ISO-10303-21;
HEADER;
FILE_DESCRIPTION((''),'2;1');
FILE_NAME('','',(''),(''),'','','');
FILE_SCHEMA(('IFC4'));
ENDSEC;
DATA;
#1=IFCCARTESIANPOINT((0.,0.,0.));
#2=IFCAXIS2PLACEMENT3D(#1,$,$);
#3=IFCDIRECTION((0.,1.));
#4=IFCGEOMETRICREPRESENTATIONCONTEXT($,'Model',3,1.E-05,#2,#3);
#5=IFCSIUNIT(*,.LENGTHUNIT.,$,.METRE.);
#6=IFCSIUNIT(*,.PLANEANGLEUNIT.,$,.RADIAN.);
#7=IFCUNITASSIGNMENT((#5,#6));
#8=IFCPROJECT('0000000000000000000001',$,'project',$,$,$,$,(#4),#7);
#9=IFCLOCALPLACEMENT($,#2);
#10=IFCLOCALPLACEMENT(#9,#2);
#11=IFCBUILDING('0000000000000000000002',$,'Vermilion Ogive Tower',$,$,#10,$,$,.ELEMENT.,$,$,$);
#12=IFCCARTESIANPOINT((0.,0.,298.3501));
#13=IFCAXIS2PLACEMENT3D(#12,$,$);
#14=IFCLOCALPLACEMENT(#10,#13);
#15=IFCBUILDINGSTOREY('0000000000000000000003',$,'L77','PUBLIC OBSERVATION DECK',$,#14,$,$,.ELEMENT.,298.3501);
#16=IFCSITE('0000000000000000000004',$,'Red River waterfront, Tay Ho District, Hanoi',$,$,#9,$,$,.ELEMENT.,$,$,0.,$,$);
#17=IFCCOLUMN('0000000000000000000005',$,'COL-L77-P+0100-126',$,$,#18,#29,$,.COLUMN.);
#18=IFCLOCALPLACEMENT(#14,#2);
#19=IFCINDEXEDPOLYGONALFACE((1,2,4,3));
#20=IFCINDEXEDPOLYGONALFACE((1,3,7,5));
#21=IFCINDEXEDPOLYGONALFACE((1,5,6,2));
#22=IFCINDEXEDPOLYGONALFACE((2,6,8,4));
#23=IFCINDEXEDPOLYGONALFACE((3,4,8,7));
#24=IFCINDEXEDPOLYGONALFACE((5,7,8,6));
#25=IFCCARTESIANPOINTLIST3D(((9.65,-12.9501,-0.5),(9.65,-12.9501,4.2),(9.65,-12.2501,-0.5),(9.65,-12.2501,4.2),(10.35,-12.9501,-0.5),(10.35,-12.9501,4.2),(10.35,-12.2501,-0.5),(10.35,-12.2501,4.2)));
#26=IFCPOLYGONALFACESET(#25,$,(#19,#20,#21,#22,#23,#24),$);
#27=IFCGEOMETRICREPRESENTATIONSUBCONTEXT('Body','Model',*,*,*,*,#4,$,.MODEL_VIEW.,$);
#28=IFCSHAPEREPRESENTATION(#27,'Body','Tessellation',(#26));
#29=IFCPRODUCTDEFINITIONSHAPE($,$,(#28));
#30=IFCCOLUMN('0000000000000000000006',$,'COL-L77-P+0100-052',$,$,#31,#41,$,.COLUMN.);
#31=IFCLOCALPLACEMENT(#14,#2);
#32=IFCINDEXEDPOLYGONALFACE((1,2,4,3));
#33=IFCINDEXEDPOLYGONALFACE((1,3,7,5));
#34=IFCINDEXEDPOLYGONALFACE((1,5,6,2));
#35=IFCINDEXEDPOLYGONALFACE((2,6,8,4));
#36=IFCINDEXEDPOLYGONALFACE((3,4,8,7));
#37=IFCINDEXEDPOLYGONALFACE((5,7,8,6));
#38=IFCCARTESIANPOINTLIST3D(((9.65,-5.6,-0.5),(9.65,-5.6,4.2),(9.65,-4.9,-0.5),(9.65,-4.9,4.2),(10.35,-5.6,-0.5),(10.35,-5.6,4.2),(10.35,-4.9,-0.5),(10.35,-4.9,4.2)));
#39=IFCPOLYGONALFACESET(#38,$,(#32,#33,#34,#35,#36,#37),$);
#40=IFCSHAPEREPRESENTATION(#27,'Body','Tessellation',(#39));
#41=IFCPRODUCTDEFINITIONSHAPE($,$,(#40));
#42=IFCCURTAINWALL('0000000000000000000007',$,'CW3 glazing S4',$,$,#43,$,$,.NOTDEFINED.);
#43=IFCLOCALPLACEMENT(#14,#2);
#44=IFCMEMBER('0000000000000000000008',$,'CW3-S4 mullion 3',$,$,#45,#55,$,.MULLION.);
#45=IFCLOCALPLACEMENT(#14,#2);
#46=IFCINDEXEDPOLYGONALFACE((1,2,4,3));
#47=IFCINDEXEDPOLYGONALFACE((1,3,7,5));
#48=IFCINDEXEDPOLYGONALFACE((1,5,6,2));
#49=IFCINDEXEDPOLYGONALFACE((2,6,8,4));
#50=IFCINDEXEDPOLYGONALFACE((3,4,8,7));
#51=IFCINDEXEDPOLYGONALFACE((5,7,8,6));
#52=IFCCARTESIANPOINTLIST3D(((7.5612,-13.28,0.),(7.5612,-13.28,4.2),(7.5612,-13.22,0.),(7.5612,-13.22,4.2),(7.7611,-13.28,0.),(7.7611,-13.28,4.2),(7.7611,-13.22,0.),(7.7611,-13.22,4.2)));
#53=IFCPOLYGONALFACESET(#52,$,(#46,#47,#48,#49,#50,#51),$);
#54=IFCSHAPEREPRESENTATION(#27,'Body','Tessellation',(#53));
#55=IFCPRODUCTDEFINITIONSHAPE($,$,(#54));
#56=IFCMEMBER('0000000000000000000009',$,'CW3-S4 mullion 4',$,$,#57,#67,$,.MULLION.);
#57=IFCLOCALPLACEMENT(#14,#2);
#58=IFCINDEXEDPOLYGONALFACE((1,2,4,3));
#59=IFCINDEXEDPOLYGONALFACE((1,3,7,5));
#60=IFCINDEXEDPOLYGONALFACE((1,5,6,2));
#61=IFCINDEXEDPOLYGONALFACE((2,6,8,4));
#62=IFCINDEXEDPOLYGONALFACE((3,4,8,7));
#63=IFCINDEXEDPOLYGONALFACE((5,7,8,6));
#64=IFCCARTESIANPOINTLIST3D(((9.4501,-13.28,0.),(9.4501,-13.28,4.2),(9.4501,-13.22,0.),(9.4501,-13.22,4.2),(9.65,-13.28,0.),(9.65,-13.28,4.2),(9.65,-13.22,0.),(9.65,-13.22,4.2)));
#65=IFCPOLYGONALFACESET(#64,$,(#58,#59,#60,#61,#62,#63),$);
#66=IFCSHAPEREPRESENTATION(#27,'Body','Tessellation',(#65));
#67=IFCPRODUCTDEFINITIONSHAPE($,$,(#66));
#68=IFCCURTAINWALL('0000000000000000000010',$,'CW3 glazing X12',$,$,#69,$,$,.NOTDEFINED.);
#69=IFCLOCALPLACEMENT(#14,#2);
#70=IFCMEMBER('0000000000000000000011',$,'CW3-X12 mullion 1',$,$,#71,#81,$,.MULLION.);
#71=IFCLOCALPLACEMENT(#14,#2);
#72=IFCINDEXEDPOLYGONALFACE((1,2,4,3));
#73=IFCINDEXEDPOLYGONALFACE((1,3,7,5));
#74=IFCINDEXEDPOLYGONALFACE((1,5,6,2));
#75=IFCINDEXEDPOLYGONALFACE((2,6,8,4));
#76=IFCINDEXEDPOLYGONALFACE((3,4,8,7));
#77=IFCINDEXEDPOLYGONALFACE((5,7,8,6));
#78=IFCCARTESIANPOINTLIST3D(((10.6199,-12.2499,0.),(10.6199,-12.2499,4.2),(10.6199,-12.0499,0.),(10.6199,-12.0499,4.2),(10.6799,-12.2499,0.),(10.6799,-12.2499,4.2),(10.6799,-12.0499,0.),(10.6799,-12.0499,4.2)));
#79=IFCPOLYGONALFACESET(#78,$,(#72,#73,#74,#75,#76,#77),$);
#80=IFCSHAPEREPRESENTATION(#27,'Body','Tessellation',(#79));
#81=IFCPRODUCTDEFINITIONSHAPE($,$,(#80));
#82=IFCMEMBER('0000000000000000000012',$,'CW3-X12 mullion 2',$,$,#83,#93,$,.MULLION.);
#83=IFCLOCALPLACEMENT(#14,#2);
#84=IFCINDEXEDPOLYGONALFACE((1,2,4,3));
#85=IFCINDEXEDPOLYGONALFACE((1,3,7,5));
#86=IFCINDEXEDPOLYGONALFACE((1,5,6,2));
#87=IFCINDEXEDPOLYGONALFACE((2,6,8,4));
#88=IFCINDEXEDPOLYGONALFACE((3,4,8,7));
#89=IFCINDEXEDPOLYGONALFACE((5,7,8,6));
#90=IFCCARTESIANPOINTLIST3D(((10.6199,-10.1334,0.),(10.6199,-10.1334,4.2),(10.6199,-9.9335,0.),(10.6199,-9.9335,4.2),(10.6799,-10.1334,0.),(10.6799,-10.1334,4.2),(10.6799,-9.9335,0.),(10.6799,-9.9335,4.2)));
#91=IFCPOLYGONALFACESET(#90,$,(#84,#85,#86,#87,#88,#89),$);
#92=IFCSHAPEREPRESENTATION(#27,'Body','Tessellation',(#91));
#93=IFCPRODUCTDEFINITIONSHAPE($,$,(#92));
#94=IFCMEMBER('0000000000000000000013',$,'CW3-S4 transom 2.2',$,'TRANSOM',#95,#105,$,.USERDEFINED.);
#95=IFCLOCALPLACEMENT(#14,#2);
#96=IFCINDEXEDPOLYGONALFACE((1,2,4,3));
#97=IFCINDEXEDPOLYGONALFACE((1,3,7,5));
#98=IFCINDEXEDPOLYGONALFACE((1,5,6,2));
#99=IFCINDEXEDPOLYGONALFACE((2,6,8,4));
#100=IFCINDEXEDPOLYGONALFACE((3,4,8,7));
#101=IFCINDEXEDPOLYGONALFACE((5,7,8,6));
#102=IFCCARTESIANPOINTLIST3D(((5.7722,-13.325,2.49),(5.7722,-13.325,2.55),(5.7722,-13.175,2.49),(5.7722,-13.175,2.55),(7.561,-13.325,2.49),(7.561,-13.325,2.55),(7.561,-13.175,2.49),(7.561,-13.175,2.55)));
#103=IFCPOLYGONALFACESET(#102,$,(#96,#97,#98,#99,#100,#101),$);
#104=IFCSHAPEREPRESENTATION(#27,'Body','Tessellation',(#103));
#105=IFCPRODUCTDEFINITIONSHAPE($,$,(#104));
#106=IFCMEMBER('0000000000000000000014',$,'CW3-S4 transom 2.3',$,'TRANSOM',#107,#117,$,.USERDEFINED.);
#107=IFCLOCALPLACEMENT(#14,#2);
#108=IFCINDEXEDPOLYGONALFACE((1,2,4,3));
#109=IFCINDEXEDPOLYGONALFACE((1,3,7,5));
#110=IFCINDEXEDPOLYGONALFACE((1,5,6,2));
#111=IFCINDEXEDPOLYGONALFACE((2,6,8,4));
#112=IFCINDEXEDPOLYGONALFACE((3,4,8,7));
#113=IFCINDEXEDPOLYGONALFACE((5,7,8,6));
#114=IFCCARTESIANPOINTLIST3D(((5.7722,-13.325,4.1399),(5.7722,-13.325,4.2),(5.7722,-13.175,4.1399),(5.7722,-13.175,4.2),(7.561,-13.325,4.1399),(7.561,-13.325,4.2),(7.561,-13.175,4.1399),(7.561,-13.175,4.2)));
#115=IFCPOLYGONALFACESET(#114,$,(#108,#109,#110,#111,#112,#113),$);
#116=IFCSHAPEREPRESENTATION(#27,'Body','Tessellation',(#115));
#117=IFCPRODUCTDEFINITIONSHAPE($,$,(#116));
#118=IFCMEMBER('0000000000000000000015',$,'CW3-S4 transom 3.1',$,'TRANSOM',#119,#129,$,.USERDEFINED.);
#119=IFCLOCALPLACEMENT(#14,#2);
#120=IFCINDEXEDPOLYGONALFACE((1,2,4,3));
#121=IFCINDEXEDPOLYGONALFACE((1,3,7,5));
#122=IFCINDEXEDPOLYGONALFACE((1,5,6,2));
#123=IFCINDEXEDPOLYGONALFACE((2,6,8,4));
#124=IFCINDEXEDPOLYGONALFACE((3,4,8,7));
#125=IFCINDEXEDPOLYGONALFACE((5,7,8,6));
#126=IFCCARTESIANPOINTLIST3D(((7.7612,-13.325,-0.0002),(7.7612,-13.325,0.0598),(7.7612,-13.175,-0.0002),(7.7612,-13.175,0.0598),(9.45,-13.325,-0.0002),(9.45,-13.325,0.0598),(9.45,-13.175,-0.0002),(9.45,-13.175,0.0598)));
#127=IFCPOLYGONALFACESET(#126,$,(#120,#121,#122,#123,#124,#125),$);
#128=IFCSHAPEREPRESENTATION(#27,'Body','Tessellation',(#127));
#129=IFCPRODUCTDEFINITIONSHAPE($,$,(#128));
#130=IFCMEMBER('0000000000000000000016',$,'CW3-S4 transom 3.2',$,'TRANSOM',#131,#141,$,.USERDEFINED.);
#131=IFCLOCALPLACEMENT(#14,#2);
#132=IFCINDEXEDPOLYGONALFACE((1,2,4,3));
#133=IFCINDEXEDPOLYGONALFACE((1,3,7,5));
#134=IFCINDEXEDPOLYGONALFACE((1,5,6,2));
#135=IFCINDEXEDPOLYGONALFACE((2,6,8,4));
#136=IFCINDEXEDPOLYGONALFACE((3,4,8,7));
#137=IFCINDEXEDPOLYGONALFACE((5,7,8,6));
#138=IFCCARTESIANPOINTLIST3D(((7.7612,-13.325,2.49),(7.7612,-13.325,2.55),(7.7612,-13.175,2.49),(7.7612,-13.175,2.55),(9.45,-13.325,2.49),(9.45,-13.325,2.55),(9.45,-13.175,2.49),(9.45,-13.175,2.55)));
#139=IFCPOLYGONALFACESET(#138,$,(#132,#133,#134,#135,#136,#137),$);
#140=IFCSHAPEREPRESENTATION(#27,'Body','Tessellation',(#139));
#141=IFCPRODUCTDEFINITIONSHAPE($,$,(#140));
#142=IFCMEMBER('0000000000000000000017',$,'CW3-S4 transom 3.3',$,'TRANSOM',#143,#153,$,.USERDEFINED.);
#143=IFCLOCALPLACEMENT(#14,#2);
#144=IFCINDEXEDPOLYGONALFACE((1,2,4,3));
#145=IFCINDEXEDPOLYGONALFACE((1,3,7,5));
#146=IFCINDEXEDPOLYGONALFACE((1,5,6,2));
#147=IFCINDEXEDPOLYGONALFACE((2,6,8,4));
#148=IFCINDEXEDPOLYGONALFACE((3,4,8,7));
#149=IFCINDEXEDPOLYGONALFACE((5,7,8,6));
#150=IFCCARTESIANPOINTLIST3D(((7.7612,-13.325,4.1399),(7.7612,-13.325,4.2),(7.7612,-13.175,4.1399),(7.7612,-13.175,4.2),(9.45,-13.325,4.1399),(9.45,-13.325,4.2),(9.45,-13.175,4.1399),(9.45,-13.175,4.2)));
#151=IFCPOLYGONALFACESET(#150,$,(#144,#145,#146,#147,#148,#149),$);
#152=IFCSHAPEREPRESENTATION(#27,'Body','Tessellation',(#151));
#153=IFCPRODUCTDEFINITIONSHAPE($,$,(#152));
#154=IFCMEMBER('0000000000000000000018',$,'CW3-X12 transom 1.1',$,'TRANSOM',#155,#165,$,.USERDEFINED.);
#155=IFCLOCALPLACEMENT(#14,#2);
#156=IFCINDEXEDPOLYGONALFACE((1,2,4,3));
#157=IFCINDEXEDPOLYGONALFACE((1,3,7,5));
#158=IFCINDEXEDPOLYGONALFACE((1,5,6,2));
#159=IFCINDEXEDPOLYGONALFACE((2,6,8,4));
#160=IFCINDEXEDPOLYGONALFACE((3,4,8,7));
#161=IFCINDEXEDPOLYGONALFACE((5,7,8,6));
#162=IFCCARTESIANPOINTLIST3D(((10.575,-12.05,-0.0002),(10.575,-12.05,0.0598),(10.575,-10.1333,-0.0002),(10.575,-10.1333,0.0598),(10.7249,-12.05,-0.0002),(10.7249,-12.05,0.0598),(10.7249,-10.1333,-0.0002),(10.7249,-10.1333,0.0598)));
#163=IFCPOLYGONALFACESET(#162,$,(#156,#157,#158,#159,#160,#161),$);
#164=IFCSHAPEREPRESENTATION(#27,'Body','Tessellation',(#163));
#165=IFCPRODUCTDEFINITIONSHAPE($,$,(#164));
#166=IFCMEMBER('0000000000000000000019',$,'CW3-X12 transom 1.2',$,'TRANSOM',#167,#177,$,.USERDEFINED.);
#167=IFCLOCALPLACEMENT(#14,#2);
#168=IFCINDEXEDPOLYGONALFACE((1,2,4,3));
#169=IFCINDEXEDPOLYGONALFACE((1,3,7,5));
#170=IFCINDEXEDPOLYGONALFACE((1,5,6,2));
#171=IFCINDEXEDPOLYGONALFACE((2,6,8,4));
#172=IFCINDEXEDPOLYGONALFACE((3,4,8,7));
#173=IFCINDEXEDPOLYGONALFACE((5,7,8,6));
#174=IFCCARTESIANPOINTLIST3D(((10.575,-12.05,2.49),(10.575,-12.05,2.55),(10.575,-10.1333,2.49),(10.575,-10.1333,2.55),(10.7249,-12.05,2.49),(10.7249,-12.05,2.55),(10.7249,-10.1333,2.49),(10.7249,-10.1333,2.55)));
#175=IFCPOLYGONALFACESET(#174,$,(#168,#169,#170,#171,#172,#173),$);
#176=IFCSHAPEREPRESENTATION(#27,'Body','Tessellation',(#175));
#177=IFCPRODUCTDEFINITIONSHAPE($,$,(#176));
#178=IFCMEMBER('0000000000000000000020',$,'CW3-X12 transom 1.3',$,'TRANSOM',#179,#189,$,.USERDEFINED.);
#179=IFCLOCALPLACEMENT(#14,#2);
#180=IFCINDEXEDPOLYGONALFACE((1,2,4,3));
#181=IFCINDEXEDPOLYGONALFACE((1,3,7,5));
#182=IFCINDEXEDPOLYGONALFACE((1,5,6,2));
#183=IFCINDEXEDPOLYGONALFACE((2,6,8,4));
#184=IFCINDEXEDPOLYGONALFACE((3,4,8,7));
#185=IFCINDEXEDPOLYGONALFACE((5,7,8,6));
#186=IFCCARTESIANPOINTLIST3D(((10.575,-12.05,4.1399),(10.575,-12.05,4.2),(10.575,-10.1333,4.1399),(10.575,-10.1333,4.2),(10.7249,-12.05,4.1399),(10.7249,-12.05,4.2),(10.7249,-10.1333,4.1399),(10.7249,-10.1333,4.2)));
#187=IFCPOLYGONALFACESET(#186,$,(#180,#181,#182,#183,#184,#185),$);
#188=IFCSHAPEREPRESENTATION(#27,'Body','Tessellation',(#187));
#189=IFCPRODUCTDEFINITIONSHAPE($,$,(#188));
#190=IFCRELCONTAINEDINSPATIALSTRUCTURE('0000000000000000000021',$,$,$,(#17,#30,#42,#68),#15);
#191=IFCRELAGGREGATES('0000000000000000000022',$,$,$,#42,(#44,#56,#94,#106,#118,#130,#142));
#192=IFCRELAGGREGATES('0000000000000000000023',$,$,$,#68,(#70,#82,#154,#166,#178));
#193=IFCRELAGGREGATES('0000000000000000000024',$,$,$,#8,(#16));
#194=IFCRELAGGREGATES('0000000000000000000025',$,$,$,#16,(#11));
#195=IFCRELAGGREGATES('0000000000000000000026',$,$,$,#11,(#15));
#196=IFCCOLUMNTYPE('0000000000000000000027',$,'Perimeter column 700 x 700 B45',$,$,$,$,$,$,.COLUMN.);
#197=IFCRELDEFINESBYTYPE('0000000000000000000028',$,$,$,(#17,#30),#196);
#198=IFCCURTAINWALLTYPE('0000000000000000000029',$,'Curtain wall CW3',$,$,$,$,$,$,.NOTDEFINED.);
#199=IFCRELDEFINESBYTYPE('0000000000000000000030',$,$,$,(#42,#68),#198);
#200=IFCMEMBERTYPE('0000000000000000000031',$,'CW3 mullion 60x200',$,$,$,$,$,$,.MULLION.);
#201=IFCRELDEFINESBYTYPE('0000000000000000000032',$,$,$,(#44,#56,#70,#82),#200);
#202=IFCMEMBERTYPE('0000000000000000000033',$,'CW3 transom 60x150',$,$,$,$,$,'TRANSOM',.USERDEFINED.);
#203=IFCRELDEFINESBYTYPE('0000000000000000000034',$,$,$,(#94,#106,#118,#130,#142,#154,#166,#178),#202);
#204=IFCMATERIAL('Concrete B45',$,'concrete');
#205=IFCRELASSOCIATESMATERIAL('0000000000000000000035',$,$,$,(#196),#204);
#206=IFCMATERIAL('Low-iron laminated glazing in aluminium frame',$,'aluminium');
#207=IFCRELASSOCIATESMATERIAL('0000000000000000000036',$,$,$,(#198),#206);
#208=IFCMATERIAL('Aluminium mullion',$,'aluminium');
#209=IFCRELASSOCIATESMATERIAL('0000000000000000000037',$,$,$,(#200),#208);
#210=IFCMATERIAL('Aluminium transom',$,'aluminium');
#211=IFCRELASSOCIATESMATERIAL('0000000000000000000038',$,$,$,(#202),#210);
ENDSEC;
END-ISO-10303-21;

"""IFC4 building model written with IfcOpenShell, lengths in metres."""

from ifc_helpers import new_model, si_unit, direction, frame, origin, origin_2d, place, context, subcontext, project, spatial, rectangle, extrude, material, material_profile, profile_set, type_object, element, aggregate, save


model = new_model("IFC4")

# Units and contexts
model_context = context("Model", 3, precision=1e-05, world=origin(), true_north=direction((0.0, 1.0)))
body_context = subcontext(model_context, "Body", "Model", "MODEL_VIEW")
ifc_project = project(units=[si_unit("LENGTHUNIT", "METRE"), si_unit("PLANEANGLEUNIT", "RADIAN")], contexts=[model_context])

# Site, building, storey
site_placement = place(None, origin())
site = spatial("IfcSite", under=ifc_project, at=site_placement, Name="Red River waterfront, Tay Ho District, Hanoi", CompositionType="ELEMENT", RefElevation=0.0)
building_placement = place(site_placement, origin())
building = spatial("IfcBuilding", under=site, at=building_placement, Name="Vermilion Ogive Tower", CompositionType="ELEMENT")
storey_placement = place(building_placement, frame((0.0, 0.0, 298.3501)))
storey = spatial("IfcBuildingStorey", under=building, at=storey_placement, Name="L77", Description="PUBLIC OBSERVATION DECK", CompositionType="ELEMENT", Elevation=298.3501)

# Columns
ifc_material_1 = material(Name="Concrete B45", Category="concrete")
ifc_material_profile_1 = material_profile(ifc_material_1, rectangle(XDim=0.7, YDim=0.7, at=origin_2d()), Name="700 x 700")
ifc_profile_set_1 = profile_set([ifc_material_profile_1], Name="Concrete B45")
column_type = type_object("IfcColumnType", Name="Perimeter column 700 x 700 B45", PredefinedType="COLUMN", material=ifc_profile_set_1)
for number, where, z_axis, x_axis, name in (
    (1, (10.0, -12.6001, -0.5), (0.0, 0.0, 1.0), (1.0, 0.0, 0.0), "COL-L77-P+0100-126"),
    (2, (10.0, -5.25, -0.5), (0.0, 0.0, 1.0), (1.0, 0.0, 0.0), "COL-L77-P+0100-052"),
):
    element("IfcColumn", number, at=place(storey_placement, frame(where, z_axis=z_axis, x_axis=x_axis)), inside=storey, type_object=column_type, Name=name, PredefinedType="COLUMN", context=body_context, shape_type="SweptSolid", body=[
        extrude(rectangle(XDim=0.7, YDim=0.7, at=origin_2d()), origin(), (0.0, 0.0, 1.0), 4.7),
    ])

# Curtain walls, members
ifc_material_2 = material(Name="Low-iron laminated glazing in aluminium frame", Category="aluminium")
curtain_wall_type = type_object("IfcCurtainWallType", Name="Curtain wall CW3", PredefinedType="NOTDEFINED", material=ifc_material_2)
curtain_wall_1_placement = place(storey_placement, origin())
curtain_wall_1 = element("IfcCurtainWall", 3, at=curtain_wall_1_placement, inside=storey, type_object=curtain_wall_type, Name="CW3 glazing S4", PredefinedType="NOTDEFINED")
ifc_material_3 = material(Name="Aluminium mullion", Category="aluminium")
ifc_material_profile_2 = material_profile(ifc_material_3, rectangle(XDim=0.0601, YDim=0.2, at=origin_2d()), Name="AL 60x200")
ifc_profile_set_2 = profile_set([ifc_material_profile_2], Name="Aluminium mullion")
member_type_1 = type_object("IfcMemberType", Name="CW3 mullion 60x200", PredefinedType="MULLION", material=ifc_profile_set_2)
member_1_placement = place(storey_placement, frame((7.6611, -13.25, 0.0), z_axis=(0.0, 0.0, 1.0), x_axis=(0.0, 1.0, 0.0)))
member_1 = element("IfcMember", 4, at=member_1_placement, type_object=member_type_1, Name="CW3-S4 mullion 3", PredefinedType="MULLION", context=body_context, shape_type="SweptSolid", body=[
    extrude(rectangle(XDim=0.0601, YDim=0.2, at=origin_2d()), origin(), (0.0, 0.0, 1.0), 4.2),
])
member_2_placement = place(storey_placement, frame((9.55, -13.25, 0.0), z_axis=(0.0, 0.0, 1.0), x_axis=(0.0, 1.0, 0.0)))
member_2 = element("IfcMember", 5, at=member_2_placement, type_object=member_type_1, Name="CW3-S4 mullion 4", PredefinedType="MULLION", context=body_context, shape_type="SweptSolid", body=[
    extrude(rectangle(XDim=0.0601, YDim=0.2, at=origin_2d()), origin(), (0.0, 0.0, 1.0), 4.2),
])
curtain_wall_2_placement = place(storey_placement, origin())
curtain_wall_2 = element("IfcCurtainWall", 6, at=curtain_wall_2_placement, inside=storey, type_object=curtain_wall_type, Name="CW3 glazing X12", PredefinedType="NOTDEFINED")
member_3_placement = place(storey_placement, frame((10.6499, -12.1499, 0.0), z_axis=(0.0, 0.0, 1.0), x_axis=(-1.0, 0.0, 0.0)))
member_3 = element("IfcMember", 7, at=member_3_placement, type_object=member_type_1, Name="CW3-X12 mullion 1", PredefinedType="MULLION", context=body_context, shape_type="SweptSolid", body=[
    extrude(rectangle(XDim=0.0601, YDim=0.2, at=origin_2d()), origin(), (0.0, 0.0, 1.0), 4.2),
])
member_4_placement = place(storey_placement, frame((10.6499, -10.0334, 0.0), z_axis=(0.0, 0.0, 1.0), x_axis=(-1.0, 0.0, 0.0)))
member_4 = element("IfcMember", 8, at=member_4_placement, type_object=member_type_1, Name="CW3-X12 mullion 2", PredefinedType="MULLION", context=body_context, shape_type="SweptSolid", body=[
    extrude(rectangle(XDim=0.0601, YDim=0.2, at=origin_2d()), origin(), (0.0, 0.0, 1.0), 4.2),
])

# Members
ifc_material_4 = material(Name="Aluminium transom", Category="aluminium")
ifc_material_profile_3 = material_profile(ifc_material_4, rectangle(XDim=0.1499, YDim=0.0601, at=origin_2d()), Name="AL 60x150")
ifc_profile_set_3 = profile_set([ifc_material_profile_3], Name="Aluminium transom")
member_type_2 = type_object("IfcMemberType", Name="CW3 transom 60x150", ElementType="TRANSOM", PredefinedType="USERDEFINED", material=ifc_profile_set_3)
member_5_placement = place(storey_placement, frame((5.7722, -13.25, 2.52), z_axis=(1.0, 0.0, 0.0), x_axis=(0.0, 1.0, 0.0)))
member_5 = element("IfcMember", 9, at=member_5_placement, type_object=member_type_2, Name="CW3-S4 transom 2.2", ObjectType="TRANSOM", PredefinedType="USERDEFINED", context=body_context, shape_type="SweptSolid", body=[
    extrude(rectangle(XDim=0.1499, YDim=0.0601, at=origin_2d()), origin(), (0.0, 0.0, 1.0), 1.7888),
])
member_6_placement = place(storey_placement, frame((5.7722, -13.25, 4.1699), z_axis=(1.0, 0.0, 0.0), x_axis=(0.0, 1.0, 0.0)))
member_6 = element("IfcMember", 10, at=member_6_placement, type_object=member_type_2, Name="CW3-S4 transom 2.3", ObjectType="TRANSOM", PredefinedType="USERDEFINED", context=body_context, shape_type="SweptSolid", body=[
    extrude(rectangle(XDim=0.1499, YDim=0.0601, at=origin_2d()), origin(), (0.0, 0.0, 1.0), 1.7888),
])
member_7_placement = place(storey_placement, frame((7.7612, -13.25, 0.0298), z_axis=(1.0, 0.0, 0.0), x_axis=(0.0, 1.0, 0.0)))
member_7 = element("IfcMember", 11, at=member_7_placement, type_object=member_type_2, Name="CW3-S4 transom 3.1", ObjectType="TRANSOM", PredefinedType="USERDEFINED", context=body_context, shape_type="SweptSolid", body=[
    extrude(rectangle(XDim=0.1499, YDim=0.0601, at=origin_2d()), origin(), (0.0, 0.0, 1.0), 1.6887),
])
member_8_placement = place(storey_placement, frame((7.7612, -13.25, 2.52), z_axis=(1.0, 0.0, 0.0), x_axis=(0.0, 1.0, 0.0)))
member_8 = element("IfcMember", 12, at=member_8_placement, type_object=member_type_2, Name="CW3-S4 transom 3.2", ObjectType="TRANSOM", PredefinedType="USERDEFINED", context=body_context, shape_type="SweptSolid", body=[
    extrude(rectangle(XDim=0.1499, YDim=0.0601, at=origin_2d()), origin(), (0.0, 0.0, 1.0), 1.6887),
])
member_9_placement = place(storey_placement, frame((7.7612, -13.25, 4.1699), z_axis=(1.0, 0.0, 0.0), x_axis=(0.0, 1.0, 0.0)))
member_9 = element("IfcMember", 13, at=member_9_placement, type_object=member_type_2, Name="CW3-S4 transom 3.3", ObjectType="TRANSOM", PredefinedType="USERDEFINED", context=body_context, shape_type="SweptSolid", body=[
    extrude(rectangle(XDim=0.1499, YDim=0.0601, at=origin_2d()), origin(), (0.0, 0.0, 1.0), 1.6887),
])
member_10_placement = place(storey_placement, frame((10.6499, -12.05, 0.0298), z_axis=(0.0, 1.0, 0.0), x_axis=(-1.0, 0.0, 0.0)))
member_10 = element("IfcMember", 14, at=member_10_placement, type_object=member_type_2, Name="CW3-X12 transom 1.1", ObjectType="TRANSOM", PredefinedType="USERDEFINED", context=body_context, shape_type="SweptSolid", body=[
    extrude(rectangle(XDim=0.1499, YDim=0.0601, at=origin_2d()), origin(), (0.0, 0.0, 1.0), 1.9167),
])
member_11_placement = place(storey_placement, frame((10.6499, -12.05, 2.52), z_axis=(0.0, 1.0, 0.0), x_axis=(-1.0, 0.0, 0.0)))
member_11 = element("IfcMember", 15, at=member_11_placement, type_object=member_type_2, Name="CW3-X12 transom 1.2", ObjectType="TRANSOM", PredefinedType="USERDEFINED", context=body_context, shape_type="SweptSolid", body=[
    extrude(rectangle(XDim=0.1499, YDim=0.0601, at=origin_2d()), origin(), (0.0, 0.0, 1.0), 1.9167),
])
member_12_placement = place(storey_placement, frame((10.6499, -12.05, 4.1699), z_axis=(0.0, 1.0, 0.0), x_axis=(-1.0, 0.0, 0.0)))
member_12 = element("IfcMember", 16, at=member_12_placement, type_object=member_type_2, Name="CW3-X12 transom 1.3", ObjectType="TRANSOM", PredefinedType="USERDEFINED", context=body_context, shape_type="SweptSolid", body=[
    extrude(rectangle(XDim=0.1499, YDim=0.0601, at=origin_2d()), origin(), (0.0, 0.0, 1.0), 1.9167),
])

aggregate(curtain_wall_1, [member_1, member_2, member_5, member_6, member_7, member_8, member_9])
aggregate(curtain_wall_2, [member_3, member_4, member_10, member_11, member_12])

save(model, "model.ifc")
